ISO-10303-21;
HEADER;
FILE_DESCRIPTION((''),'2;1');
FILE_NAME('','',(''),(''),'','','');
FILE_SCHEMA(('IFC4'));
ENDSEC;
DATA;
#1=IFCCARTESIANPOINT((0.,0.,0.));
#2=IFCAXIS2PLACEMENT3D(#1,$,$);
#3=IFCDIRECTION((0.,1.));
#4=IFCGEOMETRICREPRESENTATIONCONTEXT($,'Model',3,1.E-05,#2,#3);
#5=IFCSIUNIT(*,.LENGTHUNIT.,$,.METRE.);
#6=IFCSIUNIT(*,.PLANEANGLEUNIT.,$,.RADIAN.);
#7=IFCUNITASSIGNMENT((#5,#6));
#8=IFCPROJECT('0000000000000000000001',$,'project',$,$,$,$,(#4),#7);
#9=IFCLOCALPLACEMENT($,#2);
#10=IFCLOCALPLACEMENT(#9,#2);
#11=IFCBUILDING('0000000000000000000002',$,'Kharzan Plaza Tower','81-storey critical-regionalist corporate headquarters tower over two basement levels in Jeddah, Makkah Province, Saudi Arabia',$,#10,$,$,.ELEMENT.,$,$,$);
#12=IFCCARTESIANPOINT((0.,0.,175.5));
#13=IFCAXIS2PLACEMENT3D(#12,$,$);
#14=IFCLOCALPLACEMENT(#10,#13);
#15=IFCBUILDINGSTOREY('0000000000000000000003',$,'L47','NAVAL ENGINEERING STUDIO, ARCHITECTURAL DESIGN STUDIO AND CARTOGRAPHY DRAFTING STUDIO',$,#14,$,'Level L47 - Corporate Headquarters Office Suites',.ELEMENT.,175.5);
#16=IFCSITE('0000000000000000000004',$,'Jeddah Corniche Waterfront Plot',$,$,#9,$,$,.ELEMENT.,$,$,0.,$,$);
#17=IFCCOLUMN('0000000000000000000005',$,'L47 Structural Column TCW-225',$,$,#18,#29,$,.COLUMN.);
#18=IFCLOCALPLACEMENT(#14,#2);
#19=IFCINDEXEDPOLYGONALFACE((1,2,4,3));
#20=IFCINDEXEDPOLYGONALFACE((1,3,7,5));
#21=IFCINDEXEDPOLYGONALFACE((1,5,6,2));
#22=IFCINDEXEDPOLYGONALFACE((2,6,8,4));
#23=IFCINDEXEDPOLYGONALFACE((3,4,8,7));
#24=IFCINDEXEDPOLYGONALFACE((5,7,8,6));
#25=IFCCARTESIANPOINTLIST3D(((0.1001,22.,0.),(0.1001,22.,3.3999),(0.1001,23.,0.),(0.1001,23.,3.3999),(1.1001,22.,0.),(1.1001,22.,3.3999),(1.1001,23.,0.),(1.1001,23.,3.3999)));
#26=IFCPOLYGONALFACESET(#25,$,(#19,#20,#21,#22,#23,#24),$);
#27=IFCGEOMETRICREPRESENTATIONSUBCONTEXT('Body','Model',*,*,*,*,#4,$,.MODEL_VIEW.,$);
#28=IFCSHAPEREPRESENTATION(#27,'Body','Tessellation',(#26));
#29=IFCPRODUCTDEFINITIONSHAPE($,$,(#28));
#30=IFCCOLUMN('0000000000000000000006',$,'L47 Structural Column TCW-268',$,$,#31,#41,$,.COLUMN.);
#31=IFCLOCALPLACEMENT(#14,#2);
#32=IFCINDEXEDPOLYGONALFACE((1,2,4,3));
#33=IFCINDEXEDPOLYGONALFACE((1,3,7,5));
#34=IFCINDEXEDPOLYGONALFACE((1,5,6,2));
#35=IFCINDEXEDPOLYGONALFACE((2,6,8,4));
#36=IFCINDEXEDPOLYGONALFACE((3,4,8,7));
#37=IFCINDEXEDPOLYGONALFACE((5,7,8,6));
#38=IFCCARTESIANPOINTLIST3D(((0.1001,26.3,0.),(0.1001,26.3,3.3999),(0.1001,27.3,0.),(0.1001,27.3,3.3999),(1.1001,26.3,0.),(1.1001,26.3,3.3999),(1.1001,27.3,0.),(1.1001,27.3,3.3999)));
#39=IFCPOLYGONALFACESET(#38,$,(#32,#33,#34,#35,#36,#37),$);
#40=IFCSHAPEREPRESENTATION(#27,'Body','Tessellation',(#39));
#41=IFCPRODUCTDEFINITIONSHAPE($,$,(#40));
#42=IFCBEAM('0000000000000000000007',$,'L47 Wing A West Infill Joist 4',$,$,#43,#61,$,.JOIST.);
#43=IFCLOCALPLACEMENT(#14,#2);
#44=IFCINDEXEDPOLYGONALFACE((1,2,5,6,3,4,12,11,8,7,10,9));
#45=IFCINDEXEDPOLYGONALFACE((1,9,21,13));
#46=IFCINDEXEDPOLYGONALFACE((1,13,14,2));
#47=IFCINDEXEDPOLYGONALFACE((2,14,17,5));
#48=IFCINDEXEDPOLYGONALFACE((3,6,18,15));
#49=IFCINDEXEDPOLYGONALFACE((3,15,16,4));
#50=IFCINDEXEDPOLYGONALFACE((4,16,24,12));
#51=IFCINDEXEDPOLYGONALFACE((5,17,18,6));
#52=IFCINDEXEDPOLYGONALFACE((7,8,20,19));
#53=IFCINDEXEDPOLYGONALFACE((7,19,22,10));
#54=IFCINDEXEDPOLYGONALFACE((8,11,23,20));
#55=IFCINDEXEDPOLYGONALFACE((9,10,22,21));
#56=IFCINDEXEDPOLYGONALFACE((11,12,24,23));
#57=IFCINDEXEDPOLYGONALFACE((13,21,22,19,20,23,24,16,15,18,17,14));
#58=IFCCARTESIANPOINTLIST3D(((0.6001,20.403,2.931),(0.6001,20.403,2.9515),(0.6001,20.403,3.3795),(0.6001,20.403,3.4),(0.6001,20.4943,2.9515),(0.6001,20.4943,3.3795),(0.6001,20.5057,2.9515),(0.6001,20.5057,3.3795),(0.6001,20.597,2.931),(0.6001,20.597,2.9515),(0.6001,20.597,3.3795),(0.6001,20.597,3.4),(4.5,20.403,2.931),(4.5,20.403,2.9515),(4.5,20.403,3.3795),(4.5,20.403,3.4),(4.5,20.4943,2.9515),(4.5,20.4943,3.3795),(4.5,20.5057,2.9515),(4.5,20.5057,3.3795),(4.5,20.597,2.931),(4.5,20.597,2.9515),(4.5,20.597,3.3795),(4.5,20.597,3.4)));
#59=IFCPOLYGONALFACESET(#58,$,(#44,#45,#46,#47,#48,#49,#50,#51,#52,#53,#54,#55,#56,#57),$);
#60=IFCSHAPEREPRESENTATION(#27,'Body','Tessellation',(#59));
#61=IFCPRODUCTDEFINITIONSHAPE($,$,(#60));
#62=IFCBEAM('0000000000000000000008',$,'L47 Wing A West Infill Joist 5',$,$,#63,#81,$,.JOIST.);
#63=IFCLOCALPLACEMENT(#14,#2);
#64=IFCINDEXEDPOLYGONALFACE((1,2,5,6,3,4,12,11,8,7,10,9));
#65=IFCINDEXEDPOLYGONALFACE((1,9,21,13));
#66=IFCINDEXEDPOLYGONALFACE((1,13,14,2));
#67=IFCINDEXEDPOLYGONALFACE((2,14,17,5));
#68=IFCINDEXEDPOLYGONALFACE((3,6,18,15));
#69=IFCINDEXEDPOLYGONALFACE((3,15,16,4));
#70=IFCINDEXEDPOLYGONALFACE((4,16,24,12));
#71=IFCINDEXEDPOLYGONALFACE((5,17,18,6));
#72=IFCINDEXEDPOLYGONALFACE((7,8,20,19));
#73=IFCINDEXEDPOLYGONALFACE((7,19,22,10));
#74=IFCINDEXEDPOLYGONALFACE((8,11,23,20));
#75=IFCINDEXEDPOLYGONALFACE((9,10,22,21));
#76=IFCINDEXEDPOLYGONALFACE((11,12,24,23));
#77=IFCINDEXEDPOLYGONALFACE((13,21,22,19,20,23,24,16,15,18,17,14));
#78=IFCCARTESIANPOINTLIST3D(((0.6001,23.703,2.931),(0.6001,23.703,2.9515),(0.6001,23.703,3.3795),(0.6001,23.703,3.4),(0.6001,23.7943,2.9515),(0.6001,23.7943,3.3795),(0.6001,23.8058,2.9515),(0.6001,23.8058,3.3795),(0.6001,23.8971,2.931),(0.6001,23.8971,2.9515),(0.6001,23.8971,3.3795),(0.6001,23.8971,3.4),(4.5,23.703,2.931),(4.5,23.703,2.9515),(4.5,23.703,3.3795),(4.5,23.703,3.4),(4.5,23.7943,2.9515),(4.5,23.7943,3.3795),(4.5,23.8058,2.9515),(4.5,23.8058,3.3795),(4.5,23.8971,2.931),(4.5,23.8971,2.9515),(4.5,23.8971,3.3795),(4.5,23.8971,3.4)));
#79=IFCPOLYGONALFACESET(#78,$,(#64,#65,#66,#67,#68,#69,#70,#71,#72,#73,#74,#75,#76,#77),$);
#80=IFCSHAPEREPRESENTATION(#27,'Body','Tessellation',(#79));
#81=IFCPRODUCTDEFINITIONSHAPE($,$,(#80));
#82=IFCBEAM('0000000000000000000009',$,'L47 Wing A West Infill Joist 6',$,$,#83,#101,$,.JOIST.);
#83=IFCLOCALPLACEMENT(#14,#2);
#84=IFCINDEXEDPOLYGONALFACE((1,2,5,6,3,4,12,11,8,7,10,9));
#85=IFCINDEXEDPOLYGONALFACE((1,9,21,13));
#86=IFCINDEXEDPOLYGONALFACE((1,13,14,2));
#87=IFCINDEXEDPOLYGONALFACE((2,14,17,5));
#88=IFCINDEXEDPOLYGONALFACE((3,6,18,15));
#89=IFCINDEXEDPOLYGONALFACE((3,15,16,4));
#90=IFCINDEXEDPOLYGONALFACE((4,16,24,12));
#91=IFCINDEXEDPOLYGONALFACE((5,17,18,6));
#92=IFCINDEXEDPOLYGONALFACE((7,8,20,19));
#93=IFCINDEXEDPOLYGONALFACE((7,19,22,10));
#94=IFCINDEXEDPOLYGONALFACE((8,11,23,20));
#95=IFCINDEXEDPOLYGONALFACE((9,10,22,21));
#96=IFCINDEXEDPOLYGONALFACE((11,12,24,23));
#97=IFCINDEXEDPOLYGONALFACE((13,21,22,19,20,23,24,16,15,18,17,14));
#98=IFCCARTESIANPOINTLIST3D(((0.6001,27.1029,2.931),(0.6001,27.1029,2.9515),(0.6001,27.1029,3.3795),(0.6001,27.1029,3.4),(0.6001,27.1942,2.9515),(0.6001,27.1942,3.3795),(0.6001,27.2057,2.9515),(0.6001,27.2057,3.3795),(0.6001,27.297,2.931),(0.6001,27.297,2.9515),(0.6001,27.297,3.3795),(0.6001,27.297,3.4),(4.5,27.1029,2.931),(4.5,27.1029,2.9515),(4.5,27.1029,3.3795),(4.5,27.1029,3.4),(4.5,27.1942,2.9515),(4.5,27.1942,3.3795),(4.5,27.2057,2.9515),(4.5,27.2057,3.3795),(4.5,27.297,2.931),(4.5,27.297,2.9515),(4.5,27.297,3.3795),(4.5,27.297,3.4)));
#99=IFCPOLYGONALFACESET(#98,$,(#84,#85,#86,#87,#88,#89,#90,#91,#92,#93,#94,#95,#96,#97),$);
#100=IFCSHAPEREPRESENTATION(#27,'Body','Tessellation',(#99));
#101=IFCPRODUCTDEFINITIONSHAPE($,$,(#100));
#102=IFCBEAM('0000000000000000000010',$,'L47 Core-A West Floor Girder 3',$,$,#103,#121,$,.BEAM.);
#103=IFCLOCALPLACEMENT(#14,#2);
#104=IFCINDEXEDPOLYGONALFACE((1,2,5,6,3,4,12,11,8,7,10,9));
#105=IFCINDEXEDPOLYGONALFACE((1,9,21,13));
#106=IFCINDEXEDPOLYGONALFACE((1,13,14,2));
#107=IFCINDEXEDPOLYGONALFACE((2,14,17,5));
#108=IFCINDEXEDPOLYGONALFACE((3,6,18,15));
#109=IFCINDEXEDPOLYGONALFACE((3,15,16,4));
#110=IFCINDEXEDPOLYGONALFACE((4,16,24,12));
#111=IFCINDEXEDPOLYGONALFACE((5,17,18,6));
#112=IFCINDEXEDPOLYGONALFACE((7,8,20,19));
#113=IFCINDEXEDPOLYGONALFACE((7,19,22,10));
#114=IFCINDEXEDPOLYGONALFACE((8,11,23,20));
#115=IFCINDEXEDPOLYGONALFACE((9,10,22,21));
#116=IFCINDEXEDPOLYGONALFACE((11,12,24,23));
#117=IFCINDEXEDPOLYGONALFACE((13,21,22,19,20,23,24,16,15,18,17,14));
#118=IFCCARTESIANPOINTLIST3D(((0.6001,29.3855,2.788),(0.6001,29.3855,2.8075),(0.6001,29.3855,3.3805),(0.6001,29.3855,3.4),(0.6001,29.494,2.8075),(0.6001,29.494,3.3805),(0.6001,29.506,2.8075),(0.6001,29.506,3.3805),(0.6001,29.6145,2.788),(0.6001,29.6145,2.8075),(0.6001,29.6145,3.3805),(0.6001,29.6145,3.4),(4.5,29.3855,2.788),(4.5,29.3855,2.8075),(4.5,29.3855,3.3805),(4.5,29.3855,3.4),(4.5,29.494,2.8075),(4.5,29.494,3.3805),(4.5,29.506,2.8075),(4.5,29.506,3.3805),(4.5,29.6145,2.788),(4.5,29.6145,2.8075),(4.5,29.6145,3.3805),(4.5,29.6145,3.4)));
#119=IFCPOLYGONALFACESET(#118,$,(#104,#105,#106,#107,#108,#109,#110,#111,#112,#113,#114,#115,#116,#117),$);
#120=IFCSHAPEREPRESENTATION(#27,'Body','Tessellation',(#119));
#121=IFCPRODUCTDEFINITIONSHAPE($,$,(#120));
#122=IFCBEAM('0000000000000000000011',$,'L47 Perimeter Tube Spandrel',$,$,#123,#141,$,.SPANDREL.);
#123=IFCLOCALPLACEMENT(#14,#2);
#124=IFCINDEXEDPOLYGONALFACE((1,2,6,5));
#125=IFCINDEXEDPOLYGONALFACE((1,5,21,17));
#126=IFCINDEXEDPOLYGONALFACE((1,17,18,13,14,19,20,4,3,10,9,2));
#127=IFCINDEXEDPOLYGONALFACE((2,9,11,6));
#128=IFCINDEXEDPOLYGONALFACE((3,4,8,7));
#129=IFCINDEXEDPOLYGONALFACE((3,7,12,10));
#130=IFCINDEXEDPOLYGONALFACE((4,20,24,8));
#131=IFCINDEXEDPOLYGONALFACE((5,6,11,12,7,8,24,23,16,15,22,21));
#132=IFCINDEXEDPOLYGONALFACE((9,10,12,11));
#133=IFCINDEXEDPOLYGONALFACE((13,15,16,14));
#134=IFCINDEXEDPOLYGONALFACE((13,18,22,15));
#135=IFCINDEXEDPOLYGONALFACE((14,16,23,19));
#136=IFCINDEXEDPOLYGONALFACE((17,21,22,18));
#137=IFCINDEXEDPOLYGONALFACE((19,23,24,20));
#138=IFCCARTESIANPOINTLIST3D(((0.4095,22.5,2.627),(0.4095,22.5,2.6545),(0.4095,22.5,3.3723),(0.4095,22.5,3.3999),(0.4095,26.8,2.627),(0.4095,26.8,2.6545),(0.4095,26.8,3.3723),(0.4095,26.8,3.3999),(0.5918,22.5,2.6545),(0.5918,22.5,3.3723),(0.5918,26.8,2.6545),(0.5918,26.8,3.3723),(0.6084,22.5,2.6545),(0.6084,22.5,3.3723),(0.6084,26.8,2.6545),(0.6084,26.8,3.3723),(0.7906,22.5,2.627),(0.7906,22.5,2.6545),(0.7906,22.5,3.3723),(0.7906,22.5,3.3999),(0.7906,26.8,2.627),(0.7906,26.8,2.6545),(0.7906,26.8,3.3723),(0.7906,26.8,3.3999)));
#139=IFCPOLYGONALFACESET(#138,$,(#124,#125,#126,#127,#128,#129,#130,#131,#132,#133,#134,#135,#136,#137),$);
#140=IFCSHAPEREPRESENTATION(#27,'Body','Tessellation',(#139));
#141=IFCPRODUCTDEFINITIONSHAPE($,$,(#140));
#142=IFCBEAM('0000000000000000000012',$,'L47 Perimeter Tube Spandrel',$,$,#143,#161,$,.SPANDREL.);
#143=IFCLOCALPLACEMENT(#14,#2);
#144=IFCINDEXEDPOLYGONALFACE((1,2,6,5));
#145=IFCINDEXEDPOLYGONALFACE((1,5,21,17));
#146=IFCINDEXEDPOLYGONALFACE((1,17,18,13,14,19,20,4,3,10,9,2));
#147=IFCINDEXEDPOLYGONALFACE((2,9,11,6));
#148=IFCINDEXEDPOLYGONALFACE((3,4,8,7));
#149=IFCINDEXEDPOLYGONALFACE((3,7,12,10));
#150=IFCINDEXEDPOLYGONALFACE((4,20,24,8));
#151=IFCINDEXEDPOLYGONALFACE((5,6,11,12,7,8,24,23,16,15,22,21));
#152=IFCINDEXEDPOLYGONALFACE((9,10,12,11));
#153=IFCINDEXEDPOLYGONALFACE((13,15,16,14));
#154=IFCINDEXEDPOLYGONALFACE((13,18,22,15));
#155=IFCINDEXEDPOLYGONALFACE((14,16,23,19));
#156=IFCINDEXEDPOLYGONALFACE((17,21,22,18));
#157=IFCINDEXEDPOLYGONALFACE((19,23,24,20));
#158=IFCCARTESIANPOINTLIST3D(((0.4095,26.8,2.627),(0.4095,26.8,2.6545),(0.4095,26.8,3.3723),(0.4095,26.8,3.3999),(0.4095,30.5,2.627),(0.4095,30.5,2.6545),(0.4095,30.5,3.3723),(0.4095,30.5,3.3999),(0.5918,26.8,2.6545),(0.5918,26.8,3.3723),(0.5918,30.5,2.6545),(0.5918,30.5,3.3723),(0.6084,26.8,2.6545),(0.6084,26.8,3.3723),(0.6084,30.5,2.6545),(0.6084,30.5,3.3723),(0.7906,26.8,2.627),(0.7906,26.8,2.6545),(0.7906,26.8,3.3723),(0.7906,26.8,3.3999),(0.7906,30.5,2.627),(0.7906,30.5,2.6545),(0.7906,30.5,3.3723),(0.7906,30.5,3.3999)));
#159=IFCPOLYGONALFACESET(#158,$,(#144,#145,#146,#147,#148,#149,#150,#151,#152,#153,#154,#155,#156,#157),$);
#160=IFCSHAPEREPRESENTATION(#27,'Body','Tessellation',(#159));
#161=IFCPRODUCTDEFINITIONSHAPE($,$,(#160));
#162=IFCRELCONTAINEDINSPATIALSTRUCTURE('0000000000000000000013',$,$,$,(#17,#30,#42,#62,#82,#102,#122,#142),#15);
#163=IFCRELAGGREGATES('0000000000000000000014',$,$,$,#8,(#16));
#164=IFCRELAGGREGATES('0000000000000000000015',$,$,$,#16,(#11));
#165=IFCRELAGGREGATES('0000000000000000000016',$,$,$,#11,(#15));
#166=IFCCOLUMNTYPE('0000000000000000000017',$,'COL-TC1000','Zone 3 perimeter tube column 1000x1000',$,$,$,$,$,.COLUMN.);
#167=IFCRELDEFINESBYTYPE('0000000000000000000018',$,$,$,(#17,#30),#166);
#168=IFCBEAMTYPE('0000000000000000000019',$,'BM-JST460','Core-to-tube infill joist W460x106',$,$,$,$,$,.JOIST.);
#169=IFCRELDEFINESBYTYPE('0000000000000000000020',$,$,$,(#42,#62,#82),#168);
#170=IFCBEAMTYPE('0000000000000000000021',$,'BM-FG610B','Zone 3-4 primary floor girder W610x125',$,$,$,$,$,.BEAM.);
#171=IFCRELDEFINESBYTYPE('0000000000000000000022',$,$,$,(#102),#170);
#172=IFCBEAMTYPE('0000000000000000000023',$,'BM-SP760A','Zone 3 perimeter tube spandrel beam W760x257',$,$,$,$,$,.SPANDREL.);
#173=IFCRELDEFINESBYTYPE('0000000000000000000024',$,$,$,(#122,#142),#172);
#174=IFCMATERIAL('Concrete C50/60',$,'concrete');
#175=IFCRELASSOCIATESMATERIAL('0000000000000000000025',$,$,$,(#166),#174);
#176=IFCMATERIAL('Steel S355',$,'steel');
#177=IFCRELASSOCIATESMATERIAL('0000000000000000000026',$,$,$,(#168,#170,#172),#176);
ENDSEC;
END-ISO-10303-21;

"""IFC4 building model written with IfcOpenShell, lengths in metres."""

from ifc_helpers import new_model, si_unit, direction, frame, origin, origin_2d, place, context, subcontext, project, spatial, rectangle, i_section, extrude, source, transform, mapped, material, material_profile, profile_set, type_object, element, save


model = new_model("IFC4")

# Units and contexts
model_context = context("Model", 3, precision=1e-05, world=origin(), true_north=direction((0.0, 1.0)))
body_context = subcontext(model_context, "Body", "Model", "MODEL_VIEW")
ifc_project = project(units=[si_unit("LENGTHUNIT", "METRE"), si_unit("PLANEANGLEUNIT", "RADIAN")], contexts=[model_context])

# Site, building, storey
site_placement = place(None, origin())
site = spatial("IfcSite", under=ifc_project, at=site_placement, Name="Jeddah Corniche Waterfront Plot", CompositionType="ELEMENT", RefElevation=0.0)
building_placement = place(site_placement, origin())
building = spatial("IfcBuilding", under=site, at=building_placement, Name="Kharzan Plaza Tower", Description="81-storey critical-regionalist corporate headquarters tower over two basement levels in Jeddah, Makkah Province, Saudi Arabia", CompositionType="ELEMENT")
storey_placement = place(building_placement, frame((0.0, 0.0, 175.5)))
storey = spatial("IfcBuildingStorey", under=building, at=storey_placement, Name="L47", Description="NAVAL ENGINEERING STUDIO, ARCHITECTURAL DESIGN STUDIO AND CARTOGRAPHY DRAFTING STUDIO", LongName="Level L47 - Corporate Headquarters Office Suites", CompositionType="ELEMENT", Elevation=175.5)

# Columns
ifc_material_1 = material(Name="Concrete C50/60", Category="concrete")
ifc_material_profile_1 = material_profile(ifc_material_1, rectangle(XDim=1.0, YDim=1.0, at=origin_2d()), Name="RC-TC1000x1000")
ifc_profile_set_1 = profile_set([ifc_material_profile_1], Name="Concrete C50/60")
column_type = type_object("IfcColumnType", Name="COL-TC1000", Description="Zone 3 perimeter tube column 1000x1000", PredefinedType="COLUMN", material=ifc_profile_set_1)
shared_shape_1 = source(origin(), body_context, "Body", "SweptSolid", [
    extrude(rectangle(XDim=1.0, YDim=1.0, at=origin_2d()), origin(), (0.0, 0.0, 1.0), 3.3999),
])
for number, where, z_axis, x_axis, name in (
    (1, (0.6001, 22.5, 0.0), (0.0, 0.0, 1.0), (1.0, 0.0, 0.0), "L47 Structural Column TCW-225"),
    (2, (0.6001, 26.8, 0.0), (0.0, 0.0, 1.0), (1.0, 0.0, 0.0), "L47 Structural Column TCW-268"),
):
    element("IfcColumn", number, at=place(storey_placement, frame(where, z_axis=z_axis, x_axis=x_axis)), inside=storey, type_object=column_type, Name=name, PredefinedType="COLUMN", context=body_context, shape_type="MappedRepresentation", body=[
        mapped(shared_shape_1, transform((0.0, 0.0, 0.0), x_axis=(1.0, 0.0, 0.0), y_axis=(0.0, 1.0, 0.0), z_axis=(0.0, 0.0, 1.0))),
    ])

# Beams
ifc_material_2 = material(Name="Steel S355", Category="steel")
ifc_material_profile_2 = material_profile(ifc_material_2, i_section(OverallWidth=0.1941, OverallDepth=0.469, WebThickness=0.0115, FlangeThickness=0.0205, at=origin_2d()), Name="W460x106")
ifc_profile_set_2 = profile_set([ifc_material_profile_2], Name="Steel S355")
beam_type_1 = type_object("IfcBeamType", Name="BM-JST460", Description="Core-to-tube infill joist W460x106", PredefinedType="JOIST", material=ifc_profile_set_2)
shared_shape_2 = source(origin(), body_context, "Body", "SweptSolid", [
    extrude(i_section(OverallWidth=0.1941, OverallDepth=0.469, WebThickness=0.0115, FlangeThickness=0.0205, at=origin_2d()), origin(), (0.0, 0.0, 1.0), 3.8999),
])
for number, where, z_axis, x_axis, name in (
    (3, (0.6001, 20.5, 3.1655), (1.0, 0.0, 0.0), (0.0, 1.0, 0.0), "L47 Wing A West Infill Joist 4"),
    (4, (0.6001, 23.8, 3.1655), (1.0, 0.0, 0.0), (0.0, 1.0, 0.0), "L47 Wing A West Infill Joist 5"),
    (5, (0.6001, 27.2, 3.1655), (1.0, 0.0, 0.0), (0.0, 1.0, 0.0), "L47 Wing A West Infill Joist 6"),
):
    element("IfcBeam", number, at=place(storey_placement, frame(where, z_axis=z_axis, x_axis=x_axis)), inside=storey, type_object=beam_type_1, Name=name, PredefinedType="JOIST", context=body_context, shape_type="MappedRepresentation", body=[
        mapped(shared_shape_2, transform((0.0, 0.0, 0.0), x_axis=(1.0, 0.0, 0.0), y_axis=(0.0, 1.0, 0.0), z_axis=(0.0, 0.0, 1.0))),
    ])
ifc_material_profile_3 = material_profile(ifc_material_2, i_section(OverallWidth=0.229, OverallDepth=0.6121, WebThickness=0.012, FlangeThickness=0.0195, at=origin_2d()), Name="W610x125")
ifc_profile_set_3 = profile_set([ifc_material_profile_3], Name="Steel S355")
beam_type_2 = type_object("IfcBeamType", Name="BM-FG610B", Description="Zone 3-4 primary floor girder W610x125", PredefinedType="BEAM", material=ifc_profile_set_3)
shared_shape_3 = source(origin(), body_context, "Body", "SweptSolid", [
    extrude(i_section(OverallWidth=0.229, OverallDepth=0.6121, WebThickness=0.012, FlangeThickness=0.0195, at=origin_2d()), origin(), (0.0, 0.0, 1.0), 3.8999),
])
beam_1_placement = place(storey_placement, frame((0.6001, 29.5, 3.094), z_axis=(1.0, 0.0, 0.0), x_axis=(0.0, 1.0, 0.0)))
element("IfcBeam", 6, at=beam_1_placement, inside=storey, type_object=beam_type_2, Name="L47 Core-A West Floor Girder 3", PredefinedType="BEAM", context=body_context, shape_type="MappedRepresentation", body=[
    mapped(shared_shape_3, transform((0.0, 0.0, 0.0), x_axis=(1.0, 0.0, 0.0), y_axis=(0.0, 1.0, 0.0), z_axis=(0.0, 0.0, 1.0))),
])
ifc_material_profile_4 = material_profile(ifc_material_2, i_section(OverallWidth=0.3811, OverallDepth=0.7729, WebThickness=0.0166, FlangeThickness=0.0276, at=origin_2d()), Name="W760x257")
ifc_profile_set_4 = profile_set([ifc_material_profile_4], Name="Steel S355")
beam_type_3 = type_object("IfcBeamType", Name="BM-SP760A", Description="Zone 3 perimeter tube spandrel beam W760x257", PredefinedType="SPANDREL", material=ifc_profile_set_4)
shared_shape_4 = source(origin(), body_context, "Body", "SweptSolid", [
    extrude(i_section(OverallWidth=0.3811, OverallDepth=0.7729, WebThickness=0.0166, FlangeThickness=0.0276, at=origin_2d()), origin(), (0.0, 0.0, 1.0), 4.3),
])
beam_2_placement = place(storey_placement, frame((0.6001, 22.5, 3.0134), z_axis=(0.0, 1.0, 0.0), x_axis=(-1.0, 0.0, 0.0)))
element("IfcBeam", 7, at=beam_2_placement, inside=storey, type_object=beam_type_3, Name="L47 Perimeter Tube Spandrel", PredefinedType="SPANDREL", context=body_context, shape_type="MappedRepresentation", body=[
    mapped(shared_shape_4, transform((0.0, 0.0, 0.0), x_axis=(1.0, 0.0, 0.0), y_axis=(0.0, 1.0, 0.0), z_axis=(0.0, 0.0, 1.0))),
])
shared_shape_5 = source(origin(), body_context, "Body", "SweptSolid", [
    extrude(i_section(OverallWidth=0.3811, OverallDepth=0.7729, WebThickness=0.0166, FlangeThickness=0.0276, at=origin_2d()), origin(), (0.0, 0.0, 1.0), 3.7),
])
beam_3_placement = place(storey_placement, frame((0.6001, 26.8, 3.0134), z_axis=(0.0, 1.0, 0.0), x_axis=(-1.0, 0.0, 0.0)))
element("IfcBeam", 8, at=beam_3_placement, inside=storey, type_object=beam_type_3, Name="L47 Perimeter Tube Spandrel", PredefinedType="SPANDREL", context=body_context, shape_type="MappedRepresentation", body=[
    mapped(shared_shape_5, transform((0.0, 0.0, 0.0), x_axis=(1.0, 0.0, 0.0), y_axis=(0.0, 1.0, 0.0), z_axis=(0.0, 0.0, 1.0))),
])

save(model, "model.ifc")
